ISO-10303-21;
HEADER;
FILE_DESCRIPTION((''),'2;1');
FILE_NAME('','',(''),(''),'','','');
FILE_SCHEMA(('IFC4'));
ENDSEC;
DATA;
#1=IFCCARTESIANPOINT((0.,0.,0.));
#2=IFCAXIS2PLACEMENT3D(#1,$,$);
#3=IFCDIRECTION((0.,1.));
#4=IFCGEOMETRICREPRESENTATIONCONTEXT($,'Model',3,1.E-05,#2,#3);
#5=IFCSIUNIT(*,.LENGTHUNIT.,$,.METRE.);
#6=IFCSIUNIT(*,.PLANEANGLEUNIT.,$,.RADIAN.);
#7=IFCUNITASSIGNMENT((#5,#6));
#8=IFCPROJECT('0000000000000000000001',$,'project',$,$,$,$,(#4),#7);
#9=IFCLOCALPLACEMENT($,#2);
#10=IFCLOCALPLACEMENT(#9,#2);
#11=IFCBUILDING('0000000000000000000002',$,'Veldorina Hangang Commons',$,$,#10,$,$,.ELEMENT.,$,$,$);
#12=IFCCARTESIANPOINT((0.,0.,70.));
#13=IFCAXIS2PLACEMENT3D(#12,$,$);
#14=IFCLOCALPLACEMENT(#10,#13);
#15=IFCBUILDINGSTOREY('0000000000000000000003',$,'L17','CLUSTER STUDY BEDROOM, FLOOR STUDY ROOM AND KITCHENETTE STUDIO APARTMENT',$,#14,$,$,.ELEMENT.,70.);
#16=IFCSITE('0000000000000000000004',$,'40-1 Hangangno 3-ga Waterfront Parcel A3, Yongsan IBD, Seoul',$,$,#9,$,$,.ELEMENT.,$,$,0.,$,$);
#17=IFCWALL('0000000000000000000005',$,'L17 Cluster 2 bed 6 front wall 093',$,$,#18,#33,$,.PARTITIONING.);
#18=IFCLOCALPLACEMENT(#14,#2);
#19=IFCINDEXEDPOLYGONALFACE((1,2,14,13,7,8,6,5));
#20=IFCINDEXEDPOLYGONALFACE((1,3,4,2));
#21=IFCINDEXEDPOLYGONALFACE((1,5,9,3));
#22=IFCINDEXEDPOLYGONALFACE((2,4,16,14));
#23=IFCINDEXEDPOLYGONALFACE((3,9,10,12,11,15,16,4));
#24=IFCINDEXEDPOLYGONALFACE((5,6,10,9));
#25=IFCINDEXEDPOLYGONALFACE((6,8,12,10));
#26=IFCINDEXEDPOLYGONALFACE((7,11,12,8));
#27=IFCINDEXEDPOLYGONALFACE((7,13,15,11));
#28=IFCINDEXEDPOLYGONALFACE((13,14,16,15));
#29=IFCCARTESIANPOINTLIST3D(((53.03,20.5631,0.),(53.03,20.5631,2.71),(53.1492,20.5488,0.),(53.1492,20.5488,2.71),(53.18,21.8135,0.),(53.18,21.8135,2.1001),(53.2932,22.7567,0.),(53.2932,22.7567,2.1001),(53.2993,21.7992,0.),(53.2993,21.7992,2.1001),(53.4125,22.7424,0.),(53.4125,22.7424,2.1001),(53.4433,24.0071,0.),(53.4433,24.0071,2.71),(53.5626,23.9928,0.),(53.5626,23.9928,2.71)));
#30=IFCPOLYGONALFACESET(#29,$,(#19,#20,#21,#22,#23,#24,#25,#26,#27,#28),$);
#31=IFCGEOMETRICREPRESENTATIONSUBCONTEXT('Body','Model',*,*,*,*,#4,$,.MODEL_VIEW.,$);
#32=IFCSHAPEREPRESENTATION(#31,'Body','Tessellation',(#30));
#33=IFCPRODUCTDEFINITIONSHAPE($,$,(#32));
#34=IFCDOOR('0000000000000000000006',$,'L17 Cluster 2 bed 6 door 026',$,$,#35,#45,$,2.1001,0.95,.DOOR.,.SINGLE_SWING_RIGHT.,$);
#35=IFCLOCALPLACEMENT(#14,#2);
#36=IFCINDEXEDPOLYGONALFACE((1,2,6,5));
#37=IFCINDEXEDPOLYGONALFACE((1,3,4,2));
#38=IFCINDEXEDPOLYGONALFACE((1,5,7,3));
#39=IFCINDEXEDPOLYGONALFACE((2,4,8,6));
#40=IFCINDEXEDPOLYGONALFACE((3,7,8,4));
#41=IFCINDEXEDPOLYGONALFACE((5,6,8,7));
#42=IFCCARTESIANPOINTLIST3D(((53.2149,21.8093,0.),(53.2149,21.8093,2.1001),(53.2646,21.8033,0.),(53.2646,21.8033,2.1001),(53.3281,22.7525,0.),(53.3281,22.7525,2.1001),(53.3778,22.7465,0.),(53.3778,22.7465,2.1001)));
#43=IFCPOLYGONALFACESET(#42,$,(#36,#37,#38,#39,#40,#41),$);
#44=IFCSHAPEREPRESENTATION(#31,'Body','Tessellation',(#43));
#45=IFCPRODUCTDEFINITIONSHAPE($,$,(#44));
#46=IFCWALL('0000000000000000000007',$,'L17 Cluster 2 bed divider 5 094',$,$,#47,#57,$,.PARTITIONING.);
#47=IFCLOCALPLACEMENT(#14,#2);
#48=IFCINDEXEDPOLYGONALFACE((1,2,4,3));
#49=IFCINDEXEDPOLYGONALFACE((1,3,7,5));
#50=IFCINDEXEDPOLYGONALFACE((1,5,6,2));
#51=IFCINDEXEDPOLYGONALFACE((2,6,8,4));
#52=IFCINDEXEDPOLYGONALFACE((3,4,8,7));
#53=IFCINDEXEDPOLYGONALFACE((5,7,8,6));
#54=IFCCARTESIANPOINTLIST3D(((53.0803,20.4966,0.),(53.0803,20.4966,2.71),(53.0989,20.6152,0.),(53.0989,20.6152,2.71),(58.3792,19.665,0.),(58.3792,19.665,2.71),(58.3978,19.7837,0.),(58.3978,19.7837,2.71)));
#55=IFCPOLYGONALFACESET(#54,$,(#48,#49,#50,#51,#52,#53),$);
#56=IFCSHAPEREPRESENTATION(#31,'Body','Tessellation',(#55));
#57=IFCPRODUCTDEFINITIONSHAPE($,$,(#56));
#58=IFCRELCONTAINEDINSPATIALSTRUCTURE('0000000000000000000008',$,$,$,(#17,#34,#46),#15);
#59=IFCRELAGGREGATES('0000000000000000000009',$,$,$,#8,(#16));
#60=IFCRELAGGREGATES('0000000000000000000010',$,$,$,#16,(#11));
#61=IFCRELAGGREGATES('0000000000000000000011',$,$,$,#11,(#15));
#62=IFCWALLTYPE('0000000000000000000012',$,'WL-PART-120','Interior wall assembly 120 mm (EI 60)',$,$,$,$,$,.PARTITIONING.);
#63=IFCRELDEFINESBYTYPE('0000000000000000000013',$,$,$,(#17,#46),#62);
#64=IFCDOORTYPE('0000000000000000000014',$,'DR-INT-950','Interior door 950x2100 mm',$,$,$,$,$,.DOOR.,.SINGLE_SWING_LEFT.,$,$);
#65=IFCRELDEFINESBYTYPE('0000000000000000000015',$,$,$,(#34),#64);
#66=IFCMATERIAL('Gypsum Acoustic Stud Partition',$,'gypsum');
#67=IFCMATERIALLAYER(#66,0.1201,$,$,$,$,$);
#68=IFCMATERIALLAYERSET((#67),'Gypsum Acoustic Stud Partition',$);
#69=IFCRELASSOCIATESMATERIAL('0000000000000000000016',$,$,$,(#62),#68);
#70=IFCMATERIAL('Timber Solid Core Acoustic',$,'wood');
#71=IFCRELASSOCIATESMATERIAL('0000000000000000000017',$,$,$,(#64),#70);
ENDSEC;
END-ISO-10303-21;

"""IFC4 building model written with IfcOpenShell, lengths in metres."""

from ifc_helpers import new_model, si_unit, direction, frame, frame_2d, origin, place, context, subcontext, project, spatial, rectangle, extrude, material, layer, layer_set, type_object, element, fill, save


model = new_model("IFC4")

# Units and contexts
model_context = context("Model", 3, precision=1e-05, world=origin(), true_north=direction((0.0, 1.0)))
body_context = subcontext(model_context, "Body", "Model", "MODEL_VIEW")
ifc_project = project(units=[si_unit("LENGTHUNIT", "METRE"), si_unit("PLANEANGLEUNIT", "RADIAN")], contexts=[model_context])

# Site, building, storey
site_placement = place(None, origin())
site = spatial("IfcSite", under=ifc_project, at=site_placement, Name="40-1 Hangangno 3-ga Waterfront Parcel A3, Yongsan IBD, Seoul", CompositionType="ELEMENT", RefElevation=0.0)
building_placement = place(site_placement, origin())
building = spatial("IfcBuilding", under=site, at=building_placement, Name="Veldorina Hangang Commons", CompositionType="ELEMENT")
storey_placement = place(building_placement, frame((0.0, 0.0, 70.0)))
storey = spatial("IfcBuildingStorey", under=building, at=storey_placement, Name="L17", Description="CLUSTER STUDY BEDROOM, FLOOR STUDY ROOM AND KITCHENETTE STUDIO APARTMENT", CompositionType="ELEMENT", Elevation=70.0)

# Shared definitions
ifc_material_1 = material(Name="Gypsum Acoustic Stud Partition", Category="gypsum")
ifc_layer_1 = layer(ifc_material_1, 0.1201)
ifc_layer_set_1 = layer_set([ifc_layer_1], Name="Gypsum Acoustic Stud Partition")
wall_type_1 = type_object("IfcWallType", Name="WL-PART-120", Description="Interior wall assembly 120 mm (EI 60)", PredefinedType="PARTITIONING", material=ifc_layer_set_1)
ifc_material_2 = material(Name="Timber Solid Core Acoustic", Category="wood")
door_type = type_object("IfcDoorType", Name="DR-INT-950", Description="Interior door 950x2100 mm", OperationType="SINGLE_SWING_LEFT", PredefinedType="DOOR", material=ifc_material_2)

# Wall, opening, door
wall_1_placement = place(storey_placement, frame((53.0896, 20.5559, 0.0), z_axis=(0.0, 0.0, 1.0), x_axis=(0.119156, 0.992876, 0.0)))
wall_1 = element("IfcWall", 1, at=wall_1_placement, inside=storey, type_object=wall_type_1, Name="L17 Cluster 2 bed 6 front wall 093", PredefinedType="PARTITIONING", context=body_context, shape_type="SweptSolid", body=[
    extrude(rectangle(XDim=3.4688, YDim=0.1201, at=frame_2d((1.7344, 0.0))), origin(), (0.0, 0.0, 1.0), 2.71),
])
opening_1_placement = place(wall_1_placement, frame((1.2593, 0.0, 0.0)))
opening_1 = element("IfcOpeningElement", 2, at=opening_1_placement, cuts=wall_1, PredefinedType="OPENING", context=body_context, shape_type="SweptSolid", body=[
    extrude(rectangle(XDim=0.95, YDim=2.1001, at=frame_2d((0.4751, 1.05))), frame((0.0, 0.0701, 0.0), z_axis=(0.0, -1.0, 0.0), x_axis=(1.0, 0.0, 0.0)), (0.0, 0.0, 1.0), 0.1401),
])
door_1_placement = place(opening_1_placement, origin())
door_1 = element("IfcDoor", 3, at=door_1_placement, inside=storey, type_object=door_type, Name="L17 Cluster 2 bed 6 door 026", OperationType="SINGLE_SWING_RIGHT", OverallHeight=2.1001, OverallWidth=0.95, PredefinedType="DOOR", context=body_context, shape_type="SweptSolid", body=[
    extrude(rectangle(XDim=0.95, YDim=2.1001, at=frame_2d((0.4751, 1.05))), frame((0.0, 0.0249, 0.0), z_axis=(0.0, -1.0, 0.0), x_axis=(1.0, 0.0, 0.0)), (0.0, 0.0, 1.0), 0.05),
])
fill(opening_1, door_1)

# Wall
wall_2_placement = place(storey_placement, frame((53.0896, 20.5559, 0.0), z_axis=(0.0, 0.0, 1.0), x_axis=(0.987909, -0.155032, 0.0)))
element("IfcWall", 4, at=wall_2_placement, inside=storey, type_object=wall_type_1, Name="L17 Cluster 2 bed divider 5 094", PredefinedType="PARTITIONING", context=body_context, shape_type="SweptSolid", body=[
    extrude(rectangle(XDim=5.3638, YDim=0.1201, at=frame_2d((2.6819, 0.0))), origin(), (0.0, 0.0, 1.0), 2.71),
])

save(model, "model.ifc")
